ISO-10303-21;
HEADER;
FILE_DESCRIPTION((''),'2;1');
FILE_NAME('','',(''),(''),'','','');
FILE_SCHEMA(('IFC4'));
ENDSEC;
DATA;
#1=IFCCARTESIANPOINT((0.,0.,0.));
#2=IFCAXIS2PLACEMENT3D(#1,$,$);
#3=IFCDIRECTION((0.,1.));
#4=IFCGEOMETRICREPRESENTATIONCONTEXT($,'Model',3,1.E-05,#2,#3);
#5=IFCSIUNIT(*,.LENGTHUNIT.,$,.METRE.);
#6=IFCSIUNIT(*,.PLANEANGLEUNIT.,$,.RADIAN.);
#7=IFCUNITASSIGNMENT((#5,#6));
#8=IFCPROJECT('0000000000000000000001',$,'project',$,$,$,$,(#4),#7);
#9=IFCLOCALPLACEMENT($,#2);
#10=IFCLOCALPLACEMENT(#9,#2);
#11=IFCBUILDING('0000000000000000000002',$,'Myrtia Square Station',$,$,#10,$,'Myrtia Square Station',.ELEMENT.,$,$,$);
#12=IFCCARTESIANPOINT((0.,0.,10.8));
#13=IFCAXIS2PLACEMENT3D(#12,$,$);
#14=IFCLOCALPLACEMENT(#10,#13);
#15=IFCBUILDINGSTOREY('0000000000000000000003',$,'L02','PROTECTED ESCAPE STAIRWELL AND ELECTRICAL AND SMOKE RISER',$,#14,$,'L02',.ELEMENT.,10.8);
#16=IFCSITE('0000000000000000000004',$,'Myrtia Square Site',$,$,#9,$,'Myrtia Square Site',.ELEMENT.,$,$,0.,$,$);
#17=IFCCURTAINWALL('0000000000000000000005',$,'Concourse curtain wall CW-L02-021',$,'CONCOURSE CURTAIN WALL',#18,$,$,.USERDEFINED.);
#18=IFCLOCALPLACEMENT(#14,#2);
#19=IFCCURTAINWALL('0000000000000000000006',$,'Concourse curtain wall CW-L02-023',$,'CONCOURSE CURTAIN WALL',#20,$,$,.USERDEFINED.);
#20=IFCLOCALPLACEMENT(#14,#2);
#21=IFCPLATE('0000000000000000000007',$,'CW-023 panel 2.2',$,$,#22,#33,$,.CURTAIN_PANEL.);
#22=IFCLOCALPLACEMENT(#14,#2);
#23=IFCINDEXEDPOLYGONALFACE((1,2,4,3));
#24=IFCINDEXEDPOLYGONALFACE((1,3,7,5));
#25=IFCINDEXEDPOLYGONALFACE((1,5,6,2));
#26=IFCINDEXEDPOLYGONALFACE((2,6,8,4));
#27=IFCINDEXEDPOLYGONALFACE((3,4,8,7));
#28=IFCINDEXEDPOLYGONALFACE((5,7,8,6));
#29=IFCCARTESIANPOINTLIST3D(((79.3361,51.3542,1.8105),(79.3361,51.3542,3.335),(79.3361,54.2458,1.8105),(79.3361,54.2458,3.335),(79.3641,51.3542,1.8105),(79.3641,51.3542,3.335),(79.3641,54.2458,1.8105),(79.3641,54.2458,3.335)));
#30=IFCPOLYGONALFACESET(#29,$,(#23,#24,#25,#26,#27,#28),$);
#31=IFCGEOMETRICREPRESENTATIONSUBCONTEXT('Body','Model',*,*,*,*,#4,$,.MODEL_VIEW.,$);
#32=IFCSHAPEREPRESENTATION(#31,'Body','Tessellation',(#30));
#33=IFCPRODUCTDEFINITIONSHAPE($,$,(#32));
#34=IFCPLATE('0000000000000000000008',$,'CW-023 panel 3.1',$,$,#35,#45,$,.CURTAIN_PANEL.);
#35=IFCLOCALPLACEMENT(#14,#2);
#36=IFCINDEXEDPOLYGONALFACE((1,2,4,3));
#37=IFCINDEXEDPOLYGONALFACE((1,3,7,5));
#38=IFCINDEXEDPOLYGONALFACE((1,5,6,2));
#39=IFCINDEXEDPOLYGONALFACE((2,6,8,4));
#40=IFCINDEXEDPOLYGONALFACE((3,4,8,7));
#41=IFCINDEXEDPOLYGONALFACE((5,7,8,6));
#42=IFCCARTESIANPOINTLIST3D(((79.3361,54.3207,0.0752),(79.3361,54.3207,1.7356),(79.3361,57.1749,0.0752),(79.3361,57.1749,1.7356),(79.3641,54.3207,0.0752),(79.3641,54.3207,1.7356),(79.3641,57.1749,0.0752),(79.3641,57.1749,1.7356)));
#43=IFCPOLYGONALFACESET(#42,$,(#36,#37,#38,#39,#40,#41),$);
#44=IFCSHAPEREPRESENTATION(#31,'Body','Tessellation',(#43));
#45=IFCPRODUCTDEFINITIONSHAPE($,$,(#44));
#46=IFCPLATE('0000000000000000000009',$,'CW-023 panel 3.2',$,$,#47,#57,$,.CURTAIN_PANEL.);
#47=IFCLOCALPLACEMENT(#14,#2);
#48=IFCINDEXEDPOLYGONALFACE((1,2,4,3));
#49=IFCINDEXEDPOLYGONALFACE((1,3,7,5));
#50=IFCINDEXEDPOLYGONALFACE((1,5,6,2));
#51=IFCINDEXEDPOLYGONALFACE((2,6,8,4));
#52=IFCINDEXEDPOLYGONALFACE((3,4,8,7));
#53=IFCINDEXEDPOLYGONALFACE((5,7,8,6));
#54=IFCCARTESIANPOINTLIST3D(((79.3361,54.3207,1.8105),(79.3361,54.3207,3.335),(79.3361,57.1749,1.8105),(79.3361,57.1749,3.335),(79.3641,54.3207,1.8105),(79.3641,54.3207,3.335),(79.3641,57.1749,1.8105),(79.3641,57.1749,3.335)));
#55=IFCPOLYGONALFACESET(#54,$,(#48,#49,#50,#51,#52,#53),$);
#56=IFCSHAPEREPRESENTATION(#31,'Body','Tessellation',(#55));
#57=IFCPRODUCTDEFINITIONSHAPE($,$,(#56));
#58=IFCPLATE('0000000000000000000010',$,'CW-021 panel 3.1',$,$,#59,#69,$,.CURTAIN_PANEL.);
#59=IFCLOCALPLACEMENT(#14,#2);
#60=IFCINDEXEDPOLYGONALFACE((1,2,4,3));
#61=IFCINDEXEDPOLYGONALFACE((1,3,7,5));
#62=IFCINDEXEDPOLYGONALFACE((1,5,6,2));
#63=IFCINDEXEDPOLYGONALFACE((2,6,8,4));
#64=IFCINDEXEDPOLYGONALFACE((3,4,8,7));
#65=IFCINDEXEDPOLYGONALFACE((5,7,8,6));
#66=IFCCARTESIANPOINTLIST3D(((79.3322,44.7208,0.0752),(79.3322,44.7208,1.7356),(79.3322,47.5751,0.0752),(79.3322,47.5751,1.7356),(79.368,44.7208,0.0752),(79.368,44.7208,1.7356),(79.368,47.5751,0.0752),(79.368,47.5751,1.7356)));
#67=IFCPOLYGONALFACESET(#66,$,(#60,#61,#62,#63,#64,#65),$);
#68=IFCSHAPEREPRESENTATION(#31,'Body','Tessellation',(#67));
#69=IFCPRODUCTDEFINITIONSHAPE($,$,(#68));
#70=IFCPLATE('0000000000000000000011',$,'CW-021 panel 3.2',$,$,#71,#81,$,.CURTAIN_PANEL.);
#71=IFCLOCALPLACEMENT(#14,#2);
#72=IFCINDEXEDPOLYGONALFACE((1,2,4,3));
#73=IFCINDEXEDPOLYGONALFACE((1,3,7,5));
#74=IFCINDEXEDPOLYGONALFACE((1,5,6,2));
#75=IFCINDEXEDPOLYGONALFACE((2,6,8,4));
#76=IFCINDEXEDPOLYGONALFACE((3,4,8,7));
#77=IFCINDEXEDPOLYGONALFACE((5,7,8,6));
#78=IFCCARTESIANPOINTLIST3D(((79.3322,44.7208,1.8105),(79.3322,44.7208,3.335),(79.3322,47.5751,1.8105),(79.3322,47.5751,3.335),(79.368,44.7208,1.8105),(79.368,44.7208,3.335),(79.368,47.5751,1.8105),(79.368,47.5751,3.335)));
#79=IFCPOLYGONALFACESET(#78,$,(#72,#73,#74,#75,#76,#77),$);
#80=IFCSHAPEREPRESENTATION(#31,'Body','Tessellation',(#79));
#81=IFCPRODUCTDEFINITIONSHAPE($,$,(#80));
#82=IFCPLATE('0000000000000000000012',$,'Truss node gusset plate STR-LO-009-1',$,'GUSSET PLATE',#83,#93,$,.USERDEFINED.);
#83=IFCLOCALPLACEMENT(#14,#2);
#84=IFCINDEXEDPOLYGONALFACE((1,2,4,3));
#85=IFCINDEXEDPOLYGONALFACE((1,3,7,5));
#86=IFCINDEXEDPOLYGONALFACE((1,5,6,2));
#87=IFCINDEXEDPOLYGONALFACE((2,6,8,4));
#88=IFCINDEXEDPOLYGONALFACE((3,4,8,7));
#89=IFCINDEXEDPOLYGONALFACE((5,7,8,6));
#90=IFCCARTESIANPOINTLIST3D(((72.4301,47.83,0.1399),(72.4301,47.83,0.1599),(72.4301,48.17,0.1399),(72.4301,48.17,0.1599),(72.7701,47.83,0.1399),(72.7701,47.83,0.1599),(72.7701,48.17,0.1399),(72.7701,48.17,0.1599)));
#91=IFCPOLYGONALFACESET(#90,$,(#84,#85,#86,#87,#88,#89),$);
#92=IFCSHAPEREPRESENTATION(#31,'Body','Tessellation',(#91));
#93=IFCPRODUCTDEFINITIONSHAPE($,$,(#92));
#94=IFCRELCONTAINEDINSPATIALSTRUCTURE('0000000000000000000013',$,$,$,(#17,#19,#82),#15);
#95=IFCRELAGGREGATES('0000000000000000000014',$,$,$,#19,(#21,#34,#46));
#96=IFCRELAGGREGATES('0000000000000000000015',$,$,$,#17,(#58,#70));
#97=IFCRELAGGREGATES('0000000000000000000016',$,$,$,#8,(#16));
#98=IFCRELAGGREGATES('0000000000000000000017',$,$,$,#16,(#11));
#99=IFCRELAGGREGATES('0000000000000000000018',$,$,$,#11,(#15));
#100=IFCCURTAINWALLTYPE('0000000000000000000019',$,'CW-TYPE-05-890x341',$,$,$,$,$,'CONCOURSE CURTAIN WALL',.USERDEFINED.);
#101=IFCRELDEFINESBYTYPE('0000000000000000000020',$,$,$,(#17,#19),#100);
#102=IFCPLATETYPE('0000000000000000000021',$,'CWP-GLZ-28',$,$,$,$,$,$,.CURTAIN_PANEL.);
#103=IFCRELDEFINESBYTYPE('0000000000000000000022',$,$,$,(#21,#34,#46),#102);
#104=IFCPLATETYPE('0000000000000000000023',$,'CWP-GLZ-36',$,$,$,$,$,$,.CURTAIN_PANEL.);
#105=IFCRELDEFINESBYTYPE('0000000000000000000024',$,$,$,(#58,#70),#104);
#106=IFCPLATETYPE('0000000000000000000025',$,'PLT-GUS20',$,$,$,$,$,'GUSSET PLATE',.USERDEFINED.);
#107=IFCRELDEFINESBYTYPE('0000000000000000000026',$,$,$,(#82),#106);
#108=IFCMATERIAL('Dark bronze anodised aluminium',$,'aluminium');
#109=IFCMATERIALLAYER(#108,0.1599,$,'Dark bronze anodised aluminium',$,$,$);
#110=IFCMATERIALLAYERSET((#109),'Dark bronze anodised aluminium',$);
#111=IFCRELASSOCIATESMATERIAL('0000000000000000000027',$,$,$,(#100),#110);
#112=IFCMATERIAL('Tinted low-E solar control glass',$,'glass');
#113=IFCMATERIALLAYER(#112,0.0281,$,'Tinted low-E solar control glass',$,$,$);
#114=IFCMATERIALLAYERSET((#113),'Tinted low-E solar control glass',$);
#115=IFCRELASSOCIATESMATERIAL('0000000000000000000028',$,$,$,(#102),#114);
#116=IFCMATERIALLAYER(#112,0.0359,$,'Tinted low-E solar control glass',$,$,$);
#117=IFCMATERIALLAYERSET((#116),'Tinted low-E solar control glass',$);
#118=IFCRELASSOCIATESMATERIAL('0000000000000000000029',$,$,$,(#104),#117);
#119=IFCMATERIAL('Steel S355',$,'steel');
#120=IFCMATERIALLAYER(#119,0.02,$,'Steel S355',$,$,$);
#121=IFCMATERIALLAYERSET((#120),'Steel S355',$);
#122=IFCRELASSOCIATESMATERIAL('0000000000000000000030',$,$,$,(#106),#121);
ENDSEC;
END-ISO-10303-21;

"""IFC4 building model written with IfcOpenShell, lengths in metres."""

from ifc_helpers import new_model, si_unit, direction, frame, origin, origin_2d, place, context, subcontext, project, spatial, rectangle, extrude, material, layer, layer_set, type_object, element, aggregate, save


model = new_model("IFC4")

# Units and contexts
model_context = context("Model", 3, precision=1e-05, world=origin(), true_north=direction((0.0, 1.0)))
body_context = subcontext(model_context, "Body", "Model", "MODEL_VIEW")
ifc_project = project(units=[si_unit("LENGTHUNIT", "METRE"), si_unit("PLANEANGLEUNIT", "RADIAN")], contexts=[model_context])

# Site, building, storey
site_placement = place(None, origin())
site = spatial("IfcSite", under=ifc_project, at=site_placement, Name="Myrtia Square Site", LongName="Myrtia Square Site", CompositionType="ELEMENT", RefElevation=0.0)
building_placement = place(site_placement, origin())
building = spatial("IfcBuilding", under=site, at=building_placement, Name="Myrtia Square Station", LongName="Myrtia Square Station", CompositionType="ELEMENT")
storey_placement = place(building_placement, frame((0.0, 0.0, 10.8)))
storey = spatial("IfcBuildingStorey", under=building, at=storey_placement, Name="L02", Description="PROTECTED ESCAPE STAIRWELL AND ELECTRICAL AND SMOKE RISER", LongName="L02", CompositionType="ELEMENT", Elevation=10.8)

# Shared definitions
ifc_material_1 = material(Name="Steel S355", Category="steel")

# Curtain wall
ifc_material_2 = material(Name="Dark bronze anodised aluminium", Category="aluminium")
ifc_layer_1 = layer(ifc_material_2, 0.1599, Name="Dark bronze anodised aluminium")
ifc_layer_set_1 = layer_set([ifc_layer_1], Name="Dark bronze anodised aluminium")
curtain_wall_type = type_object("IfcCurtainWallType", Name="CW-TYPE-05-890x341", ElementType="CONCOURSE CURTAIN WALL", PredefinedType="USERDEFINED", material=ifc_layer_set_1)
curtain_wall_1_placement = place(storey_placement, origin())
curtain_wall_1 = element("IfcCurtainWall", 1, at=curtain_wall_1_placement, inside=storey, type_object=curtain_wall_type, Name="Concourse curtain wall CW-L02-021", ObjectType="CONCOURSE CURTAIN WALL", PredefinedType="USERDEFINED")

# Curtain wall
curtain_wall_2_placement = place(storey_placement, origin())
curtain_wall_2 = element("IfcCurtainWall", 2, at=curtain_wall_2_placement, inside=storey, type_object=curtain_wall_type, Name="Concourse curtain wall CW-L02-023", ObjectType="CONCOURSE CURTAIN WALL", PredefinedType="USERDEFINED")

# Plates
ifc_material_3 = material(Name="Tinted low-E solar control glass", Category="glass")
ifc_layer_2 = layer(ifc_material_3, 0.0281, Name="Tinted low-E solar control glass")
ifc_layer_set_2 = layer_set([ifc_layer_2], Name="Tinted low-E solar control glass")
plate_type_1 = type_object("IfcPlateType", Name="CWP-GLZ-28", PredefinedType="CURTAIN_PANEL", material=ifc_layer_set_2)
plate_1_placement = place(storey_placement, frame((79.3501, 52.8, 1.8105), z_axis=(0.0, 0.0, 1.0), x_axis=(0.0, 1.0, 0.0)))
plate_1 = element("IfcPlate", 3, at=plate_1_placement, type_object=plate_type_1, Name="CW-023 panel 2.2", PredefinedType="CURTAIN_PANEL", context=body_context, shape_type="SweptSolid", body=[
    extrude(rectangle(XDim=2.8916, YDim=0.0281, at=origin_2d()), origin(), (0.0, 0.0, 1.0), 1.5244),
])
plate_2_placement = place(storey_placement, frame((79.3501, 55.7478, 0.0752), z_axis=(0.0, 0.0, 1.0), x_axis=(0.0, 1.0, 0.0)))
plate_2 = element("IfcPlate", 4, at=plate_2_placement, type_object=plate_type_1, Name="CW-023 panel 3.1", PredefinedType="CURTAIN_PANEL", context=body_context, shape_type="SweptSolid", body=[
    extrude(rectangle(XDim=2.8542, YDim=0.0281, at=origin_2d()), origin(), (0.0, 0.0, 1.0), 1.6604),
])
plate_3_placement = place(storey_placement, frame((79.3501, 55.7478, 1.8105), z_axis=(0.0, 0.0, 1.0), x_axis=(0.0, 1.0, 0.0)))
plate_3 = element("IfcPlate", 5, at=plate_3_placement, type_object=plate_type_1, Name="CW-023 panel 3.2", PredefinedType="CURTAIN_PANEL", context=body_context, shape_type="SweptSolid", body=[
    extrude(rectangle(XDim=2.8542, YDim=0.0281, at=origin_2d()), origin(), (0.0, 0.0, 1.0), 1.5244),
])
aggregate(curtain_wall_2, [plate_1, plate_2, plate_3])
ifc_layer_3 = layer(ifc_material_3, 0.0359, Name="Tinted low-E solar control glass")
ifc_layer_set_3 = layer_set([ifc_layer_3], Name="Tinted low-E solar control glass")
plate_type_2 = type_object("IfcPlateType", Name="CWP-GLZ-36", PredefinedType="CURTAIN_PANEL", material=ifc_layer_set_3)
plate_4_placement = place(storey_placement, frame((79.3501, 46.1479, 0.0752), z_axis=(0.0, 0.0, 1.0), x_axis=(0.0, 1.0, 0.0)))
plate_4 = element("IfcPlate", 6, at=plate_4_placement, type_object=plate_type_2, Name="CW-021 panel 3.1", PredefinedType="CURTAIN_PANEL", context=body_context, shape_type="SweptSolid", body=[
    extrude(rectangle(XDim=2.8542, YDim=0.0359, at=origin_2d()), origin(), (0.0, 0.0, 1.0), 1.6604),
])
plate_5_placement = place(storey_placement, frame((79.3501, 46.1479, 1.8105), z_axis=(0.0, 0.0, 1.0), x_axis=(0.0, 1.0, 0.0)))
plate_5 = element("IfcPlate", 7, at=plate_5_placement, type_object=plate_type_2, Name="CW-021 panel 3.2", PredefinedType="CURTAIN_PANEL", context=body_context, shape_type="SweptSolid", body=[
    extrude(rectangle(XDim=2.8542, YDim=0.0359, at=origin_2d()), origin(), (0.0, 0.0, 1.0), 1.5244),
])
aggregate(curtain_wall_1, [plate_4, plate_5])
ifc_layer_4 = layer(ifc_material_1, 0.02, Name="Steel S355")
ifc_layer_set_4 = layer_set([ifc_layer_4], Name="Steel S355")
plate_type_3 = type_object("IfcPlateType", Name="PLT-GUS20", ElementType="GUSSET PLATE", PredefinedType="USERDEFINED", material=ifc_layer_set_4)
plate_6_placement = place(storey_placement, frame((72.6001, 48.0, 0.1399), z_axis=(0.0, 0.0, 1.0), x_axis=(-1.0, 0.0, 0.0)))
element("IfcPlate", 8, at=plate_6_placement, inside=storey, type_object=plate_type_3, Name="Truss node gusset plate STR-LO-009-1", ObjectType="GUSSET PLATE", PredefinedType="USERDEFINED", context=body_context, shape_type="SweptSolid", body=[
    extrude(rectangle(XDim=0.3401, YDim=0.3401, at=origin_2d()), origin(), (0.0, 0.0, 1.0), 0.02),
])

save(model, "model.ifc")
